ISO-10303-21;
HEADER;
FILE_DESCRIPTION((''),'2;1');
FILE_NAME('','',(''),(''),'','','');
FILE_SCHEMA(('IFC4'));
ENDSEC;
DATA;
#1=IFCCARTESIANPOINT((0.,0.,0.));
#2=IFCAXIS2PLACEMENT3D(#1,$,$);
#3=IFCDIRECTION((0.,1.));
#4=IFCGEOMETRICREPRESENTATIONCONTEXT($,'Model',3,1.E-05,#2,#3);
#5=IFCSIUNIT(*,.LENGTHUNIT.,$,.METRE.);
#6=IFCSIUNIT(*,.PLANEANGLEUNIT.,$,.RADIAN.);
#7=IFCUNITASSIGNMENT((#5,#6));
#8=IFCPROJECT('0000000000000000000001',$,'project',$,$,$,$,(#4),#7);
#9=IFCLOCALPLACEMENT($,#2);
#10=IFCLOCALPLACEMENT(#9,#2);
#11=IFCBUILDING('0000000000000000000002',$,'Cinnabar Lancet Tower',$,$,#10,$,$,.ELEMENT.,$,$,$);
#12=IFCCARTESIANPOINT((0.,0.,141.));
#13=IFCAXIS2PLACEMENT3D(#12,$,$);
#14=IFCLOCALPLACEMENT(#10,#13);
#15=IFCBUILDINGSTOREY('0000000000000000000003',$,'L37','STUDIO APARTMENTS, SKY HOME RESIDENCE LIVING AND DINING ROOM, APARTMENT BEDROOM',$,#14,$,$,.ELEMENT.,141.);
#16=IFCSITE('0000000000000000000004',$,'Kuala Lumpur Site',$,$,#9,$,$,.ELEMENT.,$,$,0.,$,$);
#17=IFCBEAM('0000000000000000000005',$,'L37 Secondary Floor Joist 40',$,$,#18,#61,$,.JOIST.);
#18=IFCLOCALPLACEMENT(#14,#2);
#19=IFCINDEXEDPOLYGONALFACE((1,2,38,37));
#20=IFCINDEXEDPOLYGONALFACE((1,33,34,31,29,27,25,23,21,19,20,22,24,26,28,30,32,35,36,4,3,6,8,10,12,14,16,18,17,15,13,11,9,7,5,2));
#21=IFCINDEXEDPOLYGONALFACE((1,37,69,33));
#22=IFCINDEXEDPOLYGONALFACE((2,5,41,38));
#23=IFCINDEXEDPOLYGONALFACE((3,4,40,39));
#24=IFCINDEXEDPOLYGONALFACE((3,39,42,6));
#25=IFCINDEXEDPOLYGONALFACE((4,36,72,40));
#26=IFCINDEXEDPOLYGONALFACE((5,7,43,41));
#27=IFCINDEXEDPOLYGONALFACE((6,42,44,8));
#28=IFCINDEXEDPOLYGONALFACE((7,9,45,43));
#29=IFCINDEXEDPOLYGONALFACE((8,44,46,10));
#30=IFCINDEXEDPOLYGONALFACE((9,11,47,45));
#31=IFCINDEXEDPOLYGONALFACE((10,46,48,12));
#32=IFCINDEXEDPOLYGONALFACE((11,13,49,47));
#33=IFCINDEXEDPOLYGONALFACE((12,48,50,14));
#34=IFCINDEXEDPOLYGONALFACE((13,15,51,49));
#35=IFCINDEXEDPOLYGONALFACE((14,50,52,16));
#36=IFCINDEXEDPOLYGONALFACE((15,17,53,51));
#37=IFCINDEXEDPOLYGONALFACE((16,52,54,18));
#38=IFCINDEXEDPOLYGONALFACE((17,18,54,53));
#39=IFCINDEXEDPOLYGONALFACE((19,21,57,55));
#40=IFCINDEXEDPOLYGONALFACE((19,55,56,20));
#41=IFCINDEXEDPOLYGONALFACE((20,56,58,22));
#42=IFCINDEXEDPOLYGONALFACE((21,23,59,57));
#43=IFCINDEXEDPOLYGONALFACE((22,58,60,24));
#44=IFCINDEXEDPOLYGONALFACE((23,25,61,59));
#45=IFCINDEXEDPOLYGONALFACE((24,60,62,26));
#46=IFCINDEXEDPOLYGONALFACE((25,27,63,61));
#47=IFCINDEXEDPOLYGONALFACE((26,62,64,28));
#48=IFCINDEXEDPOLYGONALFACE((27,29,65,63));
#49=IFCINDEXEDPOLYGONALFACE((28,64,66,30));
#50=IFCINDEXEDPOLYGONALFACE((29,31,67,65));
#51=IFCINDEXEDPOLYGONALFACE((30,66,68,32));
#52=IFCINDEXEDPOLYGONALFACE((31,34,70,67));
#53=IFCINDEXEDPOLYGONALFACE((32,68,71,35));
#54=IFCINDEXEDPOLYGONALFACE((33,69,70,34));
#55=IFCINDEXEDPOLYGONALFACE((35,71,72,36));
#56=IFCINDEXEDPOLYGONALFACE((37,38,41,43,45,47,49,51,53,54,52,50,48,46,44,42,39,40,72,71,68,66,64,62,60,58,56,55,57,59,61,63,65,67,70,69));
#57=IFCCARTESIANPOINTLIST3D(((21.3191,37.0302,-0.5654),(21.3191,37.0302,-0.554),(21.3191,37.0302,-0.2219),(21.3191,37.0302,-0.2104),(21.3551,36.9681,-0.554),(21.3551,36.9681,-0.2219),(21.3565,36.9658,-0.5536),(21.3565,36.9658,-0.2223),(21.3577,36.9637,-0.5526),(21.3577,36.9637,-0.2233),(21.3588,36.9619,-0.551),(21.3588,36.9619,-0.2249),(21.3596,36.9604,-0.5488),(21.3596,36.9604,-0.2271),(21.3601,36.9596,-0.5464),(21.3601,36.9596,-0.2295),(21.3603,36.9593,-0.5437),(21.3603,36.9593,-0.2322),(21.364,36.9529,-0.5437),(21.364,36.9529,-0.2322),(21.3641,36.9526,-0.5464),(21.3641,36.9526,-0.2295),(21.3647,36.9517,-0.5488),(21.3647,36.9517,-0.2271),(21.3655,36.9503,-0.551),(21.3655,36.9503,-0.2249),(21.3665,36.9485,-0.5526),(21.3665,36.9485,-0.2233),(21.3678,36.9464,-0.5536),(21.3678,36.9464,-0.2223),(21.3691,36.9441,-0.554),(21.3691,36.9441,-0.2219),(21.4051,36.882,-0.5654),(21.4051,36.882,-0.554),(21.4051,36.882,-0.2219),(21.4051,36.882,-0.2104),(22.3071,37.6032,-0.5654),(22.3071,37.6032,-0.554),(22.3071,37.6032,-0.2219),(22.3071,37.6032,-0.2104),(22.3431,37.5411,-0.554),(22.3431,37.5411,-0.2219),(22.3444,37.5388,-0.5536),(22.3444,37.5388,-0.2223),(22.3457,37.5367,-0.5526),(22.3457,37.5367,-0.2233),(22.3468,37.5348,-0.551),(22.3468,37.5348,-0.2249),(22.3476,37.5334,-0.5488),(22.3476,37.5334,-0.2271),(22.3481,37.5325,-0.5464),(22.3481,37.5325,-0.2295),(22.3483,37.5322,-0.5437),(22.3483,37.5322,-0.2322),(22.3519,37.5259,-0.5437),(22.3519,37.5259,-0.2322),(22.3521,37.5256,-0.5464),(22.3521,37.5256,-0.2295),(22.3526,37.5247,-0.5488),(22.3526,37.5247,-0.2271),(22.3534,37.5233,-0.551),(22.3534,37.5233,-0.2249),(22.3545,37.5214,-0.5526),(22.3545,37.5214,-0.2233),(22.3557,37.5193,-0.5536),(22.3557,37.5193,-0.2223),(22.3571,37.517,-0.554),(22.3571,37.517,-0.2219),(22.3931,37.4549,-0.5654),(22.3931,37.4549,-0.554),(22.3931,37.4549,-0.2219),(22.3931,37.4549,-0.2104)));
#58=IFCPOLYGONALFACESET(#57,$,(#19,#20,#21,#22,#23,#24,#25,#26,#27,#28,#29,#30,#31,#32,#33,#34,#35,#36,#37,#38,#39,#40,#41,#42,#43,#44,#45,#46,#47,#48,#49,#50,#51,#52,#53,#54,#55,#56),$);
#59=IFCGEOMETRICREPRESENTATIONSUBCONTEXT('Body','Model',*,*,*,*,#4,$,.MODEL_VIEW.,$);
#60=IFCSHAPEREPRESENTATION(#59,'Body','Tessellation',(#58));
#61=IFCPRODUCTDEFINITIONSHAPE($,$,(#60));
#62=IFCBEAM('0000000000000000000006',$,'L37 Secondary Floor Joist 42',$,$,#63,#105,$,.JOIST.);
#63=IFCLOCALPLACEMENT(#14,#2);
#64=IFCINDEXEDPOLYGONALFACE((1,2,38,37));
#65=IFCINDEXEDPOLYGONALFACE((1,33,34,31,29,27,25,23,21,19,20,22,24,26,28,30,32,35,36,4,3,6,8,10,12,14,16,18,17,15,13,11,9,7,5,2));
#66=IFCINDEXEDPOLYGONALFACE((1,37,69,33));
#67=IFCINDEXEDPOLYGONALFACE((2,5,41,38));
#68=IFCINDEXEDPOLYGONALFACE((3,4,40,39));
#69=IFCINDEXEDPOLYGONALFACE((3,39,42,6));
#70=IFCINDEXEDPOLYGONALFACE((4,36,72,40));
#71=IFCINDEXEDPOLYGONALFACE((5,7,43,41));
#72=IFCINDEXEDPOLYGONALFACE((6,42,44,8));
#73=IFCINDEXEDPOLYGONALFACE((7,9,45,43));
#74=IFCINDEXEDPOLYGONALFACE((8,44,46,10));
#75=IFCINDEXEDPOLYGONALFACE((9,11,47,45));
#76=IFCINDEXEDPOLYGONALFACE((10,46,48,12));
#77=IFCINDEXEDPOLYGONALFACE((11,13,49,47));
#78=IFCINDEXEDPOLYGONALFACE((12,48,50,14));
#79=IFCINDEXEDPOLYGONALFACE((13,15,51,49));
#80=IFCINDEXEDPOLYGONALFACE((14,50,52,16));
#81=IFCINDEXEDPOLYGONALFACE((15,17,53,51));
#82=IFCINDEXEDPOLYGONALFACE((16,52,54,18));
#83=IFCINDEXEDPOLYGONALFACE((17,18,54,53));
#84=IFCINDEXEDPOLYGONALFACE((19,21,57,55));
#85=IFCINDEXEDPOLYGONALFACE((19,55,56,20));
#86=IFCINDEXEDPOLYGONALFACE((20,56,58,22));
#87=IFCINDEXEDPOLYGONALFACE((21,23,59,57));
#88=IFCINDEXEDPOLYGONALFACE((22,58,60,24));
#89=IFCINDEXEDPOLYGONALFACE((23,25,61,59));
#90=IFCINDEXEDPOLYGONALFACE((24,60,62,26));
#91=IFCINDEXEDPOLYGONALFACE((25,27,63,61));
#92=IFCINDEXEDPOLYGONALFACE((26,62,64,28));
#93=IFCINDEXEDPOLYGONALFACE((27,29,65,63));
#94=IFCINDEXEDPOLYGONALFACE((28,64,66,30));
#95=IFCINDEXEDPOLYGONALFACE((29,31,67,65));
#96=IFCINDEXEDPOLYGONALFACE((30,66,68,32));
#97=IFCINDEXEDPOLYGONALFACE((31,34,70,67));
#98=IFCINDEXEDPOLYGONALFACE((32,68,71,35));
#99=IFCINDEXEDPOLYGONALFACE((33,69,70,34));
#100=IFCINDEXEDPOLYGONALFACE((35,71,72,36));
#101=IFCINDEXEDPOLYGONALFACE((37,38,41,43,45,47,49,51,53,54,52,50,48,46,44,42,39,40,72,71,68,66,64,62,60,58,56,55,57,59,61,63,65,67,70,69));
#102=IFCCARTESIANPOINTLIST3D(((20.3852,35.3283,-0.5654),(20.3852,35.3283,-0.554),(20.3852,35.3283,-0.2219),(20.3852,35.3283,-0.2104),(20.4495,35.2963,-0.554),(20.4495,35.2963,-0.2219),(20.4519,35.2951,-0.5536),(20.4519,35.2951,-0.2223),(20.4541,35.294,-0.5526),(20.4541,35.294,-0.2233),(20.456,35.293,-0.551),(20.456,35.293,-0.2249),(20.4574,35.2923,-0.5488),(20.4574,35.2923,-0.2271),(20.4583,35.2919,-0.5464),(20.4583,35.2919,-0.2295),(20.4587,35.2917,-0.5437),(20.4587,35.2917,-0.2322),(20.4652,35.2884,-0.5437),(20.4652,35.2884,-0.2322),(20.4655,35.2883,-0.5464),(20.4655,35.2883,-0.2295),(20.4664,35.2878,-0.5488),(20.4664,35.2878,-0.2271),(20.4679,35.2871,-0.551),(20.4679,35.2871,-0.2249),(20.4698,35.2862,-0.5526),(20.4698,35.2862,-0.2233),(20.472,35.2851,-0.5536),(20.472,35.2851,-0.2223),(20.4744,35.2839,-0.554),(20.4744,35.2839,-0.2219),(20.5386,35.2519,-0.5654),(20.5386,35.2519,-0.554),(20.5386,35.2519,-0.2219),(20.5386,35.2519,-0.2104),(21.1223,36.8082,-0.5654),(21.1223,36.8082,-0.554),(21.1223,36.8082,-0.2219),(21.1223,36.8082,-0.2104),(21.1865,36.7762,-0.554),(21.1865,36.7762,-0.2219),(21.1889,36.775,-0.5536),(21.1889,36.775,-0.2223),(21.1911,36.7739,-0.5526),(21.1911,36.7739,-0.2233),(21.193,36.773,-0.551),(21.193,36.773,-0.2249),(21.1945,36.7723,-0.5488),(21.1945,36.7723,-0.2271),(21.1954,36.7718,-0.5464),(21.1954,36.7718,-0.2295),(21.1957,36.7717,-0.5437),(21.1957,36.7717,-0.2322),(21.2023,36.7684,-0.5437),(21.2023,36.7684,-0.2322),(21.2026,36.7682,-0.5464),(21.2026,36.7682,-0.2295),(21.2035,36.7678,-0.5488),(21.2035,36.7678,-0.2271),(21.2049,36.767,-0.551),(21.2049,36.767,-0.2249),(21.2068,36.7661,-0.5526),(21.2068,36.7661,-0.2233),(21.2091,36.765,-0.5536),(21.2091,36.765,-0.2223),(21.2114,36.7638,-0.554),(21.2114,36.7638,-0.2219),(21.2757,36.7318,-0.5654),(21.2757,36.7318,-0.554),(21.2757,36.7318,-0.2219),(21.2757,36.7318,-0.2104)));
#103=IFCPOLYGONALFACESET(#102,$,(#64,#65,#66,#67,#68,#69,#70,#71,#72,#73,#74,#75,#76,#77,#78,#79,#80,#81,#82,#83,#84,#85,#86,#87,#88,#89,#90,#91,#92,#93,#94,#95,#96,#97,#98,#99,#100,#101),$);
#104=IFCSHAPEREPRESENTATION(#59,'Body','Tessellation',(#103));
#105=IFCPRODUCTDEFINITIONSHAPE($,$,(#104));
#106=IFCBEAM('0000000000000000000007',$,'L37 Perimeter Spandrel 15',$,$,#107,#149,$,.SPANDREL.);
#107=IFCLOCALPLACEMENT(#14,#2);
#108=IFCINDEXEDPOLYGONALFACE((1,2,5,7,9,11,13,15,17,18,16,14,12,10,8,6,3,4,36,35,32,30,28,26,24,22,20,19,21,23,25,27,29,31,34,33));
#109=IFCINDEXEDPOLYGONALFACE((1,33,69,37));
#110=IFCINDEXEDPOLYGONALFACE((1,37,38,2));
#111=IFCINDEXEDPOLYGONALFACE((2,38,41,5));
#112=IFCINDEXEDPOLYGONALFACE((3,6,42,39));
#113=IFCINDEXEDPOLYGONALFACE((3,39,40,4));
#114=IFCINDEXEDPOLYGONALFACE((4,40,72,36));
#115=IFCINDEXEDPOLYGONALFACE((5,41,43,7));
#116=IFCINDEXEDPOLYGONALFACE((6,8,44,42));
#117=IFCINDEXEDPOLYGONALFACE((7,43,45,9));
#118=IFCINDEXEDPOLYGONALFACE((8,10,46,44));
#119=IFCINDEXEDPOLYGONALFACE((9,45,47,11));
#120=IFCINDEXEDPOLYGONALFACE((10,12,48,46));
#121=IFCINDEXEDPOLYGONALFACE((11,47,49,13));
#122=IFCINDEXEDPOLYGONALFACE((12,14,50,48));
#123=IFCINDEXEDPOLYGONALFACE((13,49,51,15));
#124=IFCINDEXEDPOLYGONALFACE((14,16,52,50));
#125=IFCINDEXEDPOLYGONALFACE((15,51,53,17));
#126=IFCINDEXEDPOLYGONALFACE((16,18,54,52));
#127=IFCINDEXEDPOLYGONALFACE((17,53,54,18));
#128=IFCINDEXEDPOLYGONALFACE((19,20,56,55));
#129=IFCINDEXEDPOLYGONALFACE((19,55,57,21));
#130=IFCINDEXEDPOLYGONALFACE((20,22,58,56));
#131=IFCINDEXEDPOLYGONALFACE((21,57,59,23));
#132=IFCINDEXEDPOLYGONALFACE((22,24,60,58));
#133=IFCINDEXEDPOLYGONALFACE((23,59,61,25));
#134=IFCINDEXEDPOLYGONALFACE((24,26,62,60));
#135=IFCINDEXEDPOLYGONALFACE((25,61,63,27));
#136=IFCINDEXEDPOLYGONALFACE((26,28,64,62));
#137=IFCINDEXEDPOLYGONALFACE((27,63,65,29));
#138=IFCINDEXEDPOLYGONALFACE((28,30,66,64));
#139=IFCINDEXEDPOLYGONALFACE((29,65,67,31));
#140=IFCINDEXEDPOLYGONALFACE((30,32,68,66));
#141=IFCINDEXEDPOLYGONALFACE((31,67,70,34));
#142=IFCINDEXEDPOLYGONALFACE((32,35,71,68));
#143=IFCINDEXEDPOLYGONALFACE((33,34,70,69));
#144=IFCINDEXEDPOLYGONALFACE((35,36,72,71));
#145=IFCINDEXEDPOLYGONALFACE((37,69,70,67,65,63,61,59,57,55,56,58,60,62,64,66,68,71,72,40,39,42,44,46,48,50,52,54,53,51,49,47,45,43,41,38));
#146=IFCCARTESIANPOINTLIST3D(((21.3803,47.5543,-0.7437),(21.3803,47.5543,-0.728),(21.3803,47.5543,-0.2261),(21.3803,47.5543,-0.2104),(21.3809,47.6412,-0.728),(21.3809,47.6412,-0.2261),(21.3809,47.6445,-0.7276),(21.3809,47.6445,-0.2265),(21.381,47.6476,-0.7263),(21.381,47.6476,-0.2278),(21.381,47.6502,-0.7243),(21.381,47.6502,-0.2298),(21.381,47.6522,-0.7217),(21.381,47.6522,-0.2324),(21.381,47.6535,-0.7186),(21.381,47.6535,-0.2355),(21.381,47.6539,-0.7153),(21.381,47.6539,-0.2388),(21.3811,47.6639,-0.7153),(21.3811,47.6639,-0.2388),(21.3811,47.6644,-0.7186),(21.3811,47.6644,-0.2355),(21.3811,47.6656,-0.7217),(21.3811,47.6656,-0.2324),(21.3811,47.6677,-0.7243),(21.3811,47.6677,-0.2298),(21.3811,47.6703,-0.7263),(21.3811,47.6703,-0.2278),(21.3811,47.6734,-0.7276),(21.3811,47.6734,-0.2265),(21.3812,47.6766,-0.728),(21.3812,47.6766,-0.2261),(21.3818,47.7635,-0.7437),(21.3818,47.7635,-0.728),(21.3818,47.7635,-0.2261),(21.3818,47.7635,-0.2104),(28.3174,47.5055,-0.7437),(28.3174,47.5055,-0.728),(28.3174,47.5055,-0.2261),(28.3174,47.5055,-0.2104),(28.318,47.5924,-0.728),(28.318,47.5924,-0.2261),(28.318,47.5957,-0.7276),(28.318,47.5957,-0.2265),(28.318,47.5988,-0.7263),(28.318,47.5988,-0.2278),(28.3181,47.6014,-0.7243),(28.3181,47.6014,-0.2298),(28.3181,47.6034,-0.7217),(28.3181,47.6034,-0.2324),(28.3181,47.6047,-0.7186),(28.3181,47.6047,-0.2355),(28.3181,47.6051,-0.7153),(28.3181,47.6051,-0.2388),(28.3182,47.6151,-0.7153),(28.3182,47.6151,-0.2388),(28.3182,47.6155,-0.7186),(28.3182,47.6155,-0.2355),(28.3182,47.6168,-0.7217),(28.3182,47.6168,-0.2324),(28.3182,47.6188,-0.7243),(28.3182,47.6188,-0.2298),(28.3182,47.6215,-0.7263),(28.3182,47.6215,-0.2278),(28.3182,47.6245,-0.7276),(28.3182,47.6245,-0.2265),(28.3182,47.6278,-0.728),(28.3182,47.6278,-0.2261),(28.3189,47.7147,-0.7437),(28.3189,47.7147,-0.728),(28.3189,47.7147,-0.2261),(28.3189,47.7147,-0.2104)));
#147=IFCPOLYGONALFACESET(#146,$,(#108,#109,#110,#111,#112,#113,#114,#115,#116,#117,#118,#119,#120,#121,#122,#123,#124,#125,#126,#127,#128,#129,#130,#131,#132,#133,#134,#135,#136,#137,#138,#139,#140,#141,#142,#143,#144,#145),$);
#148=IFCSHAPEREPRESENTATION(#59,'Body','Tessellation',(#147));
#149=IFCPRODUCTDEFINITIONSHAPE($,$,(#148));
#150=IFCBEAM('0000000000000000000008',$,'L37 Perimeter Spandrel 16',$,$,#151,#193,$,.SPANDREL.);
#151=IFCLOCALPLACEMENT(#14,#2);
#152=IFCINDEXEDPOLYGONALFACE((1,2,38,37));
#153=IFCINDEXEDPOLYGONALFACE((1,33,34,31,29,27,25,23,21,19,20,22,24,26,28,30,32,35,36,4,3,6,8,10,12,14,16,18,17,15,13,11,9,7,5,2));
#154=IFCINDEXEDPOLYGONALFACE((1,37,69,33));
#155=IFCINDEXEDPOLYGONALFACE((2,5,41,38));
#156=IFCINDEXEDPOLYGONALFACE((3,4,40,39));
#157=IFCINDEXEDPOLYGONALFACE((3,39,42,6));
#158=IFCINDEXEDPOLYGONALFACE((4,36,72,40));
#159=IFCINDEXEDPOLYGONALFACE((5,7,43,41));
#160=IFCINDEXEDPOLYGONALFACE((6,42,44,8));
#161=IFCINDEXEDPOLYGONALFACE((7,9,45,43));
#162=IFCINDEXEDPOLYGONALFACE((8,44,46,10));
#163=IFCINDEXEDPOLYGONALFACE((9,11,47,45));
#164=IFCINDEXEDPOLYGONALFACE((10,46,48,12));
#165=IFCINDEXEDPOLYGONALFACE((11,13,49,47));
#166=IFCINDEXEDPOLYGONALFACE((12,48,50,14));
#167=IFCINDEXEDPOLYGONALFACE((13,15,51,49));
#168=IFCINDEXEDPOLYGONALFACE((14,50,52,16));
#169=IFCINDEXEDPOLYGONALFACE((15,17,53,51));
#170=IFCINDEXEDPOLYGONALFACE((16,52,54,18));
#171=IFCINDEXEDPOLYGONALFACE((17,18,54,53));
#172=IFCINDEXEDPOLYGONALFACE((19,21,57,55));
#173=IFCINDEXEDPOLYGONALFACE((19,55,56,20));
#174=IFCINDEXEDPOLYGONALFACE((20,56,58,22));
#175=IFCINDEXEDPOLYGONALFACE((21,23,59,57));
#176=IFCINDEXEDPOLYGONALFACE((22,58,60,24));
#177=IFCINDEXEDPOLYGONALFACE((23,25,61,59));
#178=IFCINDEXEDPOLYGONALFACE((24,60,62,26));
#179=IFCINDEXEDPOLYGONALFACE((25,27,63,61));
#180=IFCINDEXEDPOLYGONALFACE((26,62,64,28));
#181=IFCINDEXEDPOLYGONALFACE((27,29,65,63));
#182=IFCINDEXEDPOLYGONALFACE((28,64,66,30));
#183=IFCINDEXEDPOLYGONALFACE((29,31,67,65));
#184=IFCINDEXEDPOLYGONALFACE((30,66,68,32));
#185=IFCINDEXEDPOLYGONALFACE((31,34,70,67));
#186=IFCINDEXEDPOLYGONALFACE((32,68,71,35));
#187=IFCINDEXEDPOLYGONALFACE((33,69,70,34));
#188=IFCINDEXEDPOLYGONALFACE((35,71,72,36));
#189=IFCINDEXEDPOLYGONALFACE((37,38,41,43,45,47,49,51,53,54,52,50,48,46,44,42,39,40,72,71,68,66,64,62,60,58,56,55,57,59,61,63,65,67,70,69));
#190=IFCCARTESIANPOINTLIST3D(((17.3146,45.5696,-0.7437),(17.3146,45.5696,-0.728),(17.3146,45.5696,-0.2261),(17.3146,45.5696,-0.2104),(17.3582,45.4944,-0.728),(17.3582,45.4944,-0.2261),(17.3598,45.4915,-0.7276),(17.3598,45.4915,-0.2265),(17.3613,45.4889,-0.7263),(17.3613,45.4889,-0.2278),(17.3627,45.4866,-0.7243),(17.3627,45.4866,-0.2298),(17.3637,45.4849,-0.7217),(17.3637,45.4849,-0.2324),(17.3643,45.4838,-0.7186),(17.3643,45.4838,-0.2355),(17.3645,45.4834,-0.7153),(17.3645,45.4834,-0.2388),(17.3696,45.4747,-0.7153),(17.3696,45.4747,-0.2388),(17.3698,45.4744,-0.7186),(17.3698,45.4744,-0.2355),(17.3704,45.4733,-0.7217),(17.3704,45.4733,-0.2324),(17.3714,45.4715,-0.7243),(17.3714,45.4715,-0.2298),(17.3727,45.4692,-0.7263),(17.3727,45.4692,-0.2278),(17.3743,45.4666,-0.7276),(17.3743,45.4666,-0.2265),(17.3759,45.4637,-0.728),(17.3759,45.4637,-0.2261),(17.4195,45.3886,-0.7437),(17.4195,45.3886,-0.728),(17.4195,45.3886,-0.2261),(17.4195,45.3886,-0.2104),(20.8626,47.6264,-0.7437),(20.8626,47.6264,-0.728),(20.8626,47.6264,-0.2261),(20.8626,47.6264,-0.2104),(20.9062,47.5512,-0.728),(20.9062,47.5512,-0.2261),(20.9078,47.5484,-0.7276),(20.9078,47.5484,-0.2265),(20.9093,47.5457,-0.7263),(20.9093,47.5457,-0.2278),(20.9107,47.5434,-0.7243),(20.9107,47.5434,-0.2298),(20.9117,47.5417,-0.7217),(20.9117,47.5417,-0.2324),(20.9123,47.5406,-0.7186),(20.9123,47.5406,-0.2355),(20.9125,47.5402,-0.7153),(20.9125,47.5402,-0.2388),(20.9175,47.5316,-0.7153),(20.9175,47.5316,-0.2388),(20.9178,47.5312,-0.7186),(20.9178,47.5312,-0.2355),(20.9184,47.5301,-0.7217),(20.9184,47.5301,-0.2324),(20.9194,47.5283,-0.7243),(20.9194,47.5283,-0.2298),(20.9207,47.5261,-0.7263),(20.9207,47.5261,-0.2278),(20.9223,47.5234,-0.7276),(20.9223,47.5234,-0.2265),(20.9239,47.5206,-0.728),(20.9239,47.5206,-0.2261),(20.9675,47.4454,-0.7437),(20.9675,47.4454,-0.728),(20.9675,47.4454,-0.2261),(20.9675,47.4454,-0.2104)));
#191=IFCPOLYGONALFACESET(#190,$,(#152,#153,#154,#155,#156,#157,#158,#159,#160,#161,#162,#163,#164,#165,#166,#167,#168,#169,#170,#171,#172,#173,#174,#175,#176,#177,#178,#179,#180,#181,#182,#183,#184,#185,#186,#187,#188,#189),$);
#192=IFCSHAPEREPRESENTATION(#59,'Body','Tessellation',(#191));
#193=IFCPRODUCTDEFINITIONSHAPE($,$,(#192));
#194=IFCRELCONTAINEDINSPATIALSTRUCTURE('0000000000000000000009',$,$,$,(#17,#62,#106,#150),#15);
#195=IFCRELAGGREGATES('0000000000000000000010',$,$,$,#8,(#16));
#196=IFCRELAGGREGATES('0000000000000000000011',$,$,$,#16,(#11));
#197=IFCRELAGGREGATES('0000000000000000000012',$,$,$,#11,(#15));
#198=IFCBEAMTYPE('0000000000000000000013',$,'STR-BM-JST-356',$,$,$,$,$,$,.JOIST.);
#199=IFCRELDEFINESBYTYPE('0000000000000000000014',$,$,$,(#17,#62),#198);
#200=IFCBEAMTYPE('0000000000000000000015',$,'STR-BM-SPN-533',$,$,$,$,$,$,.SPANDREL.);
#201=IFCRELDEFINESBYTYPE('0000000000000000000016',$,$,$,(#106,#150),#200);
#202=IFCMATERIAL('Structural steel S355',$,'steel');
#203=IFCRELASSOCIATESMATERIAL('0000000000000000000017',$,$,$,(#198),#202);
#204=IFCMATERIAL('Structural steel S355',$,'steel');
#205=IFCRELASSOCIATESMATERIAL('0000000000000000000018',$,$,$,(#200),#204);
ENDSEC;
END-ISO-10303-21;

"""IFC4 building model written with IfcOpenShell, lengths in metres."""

from ifc_helpers import new_model, si_unit, direction, frame, origin, origin_2d, place, context, subcontext, project, spatial, i_section, extrude, material, material_profile, profile_set, type_object, element, save


model = new_model("IFC4")

# Units and contexts
model_context = context("Model", 3, precision=1e-05, world=origin(), true_north=direction((0.0, 1.0)))
body_context = subcontext(model_context, "Body", "Model", "MODEL_VIEW")
ifc_project = project(units=[si_unit("LENGTHUNIT", "METRE"), si_unit("PLANEANGLEUNIT", "RADIAN")], contexts=[model_context])

# Site, building, storey
site_placement = place(None, origin())
site = spatial("IfcSite", under=ifc_project, at=site_placement, Name="Kuala Lumpur Site", CompositionType="ELEMENT", RefElevation=0.0)
building_placement = place(site_placement, origin())
building = spatial("IfcBuilding", under=site, at=building_placement, Name="Cinnabar Lancet Tower", CompositionType="ELEMENT")
storey_placement = place(building_placement, frame((0.0, 0.0, 141.0)))
storey = spatial("IfcBuildingStorey", under=building, at=storey_placement, Name="L37", Description="STUDIO APARTMENTS, SKY HOME RESIDENCE LIVING AND DINING ROOM, APARTMENT BEDROOM", CompositionType="ELEMENT", Elevation=141.0)

# Beams
ifc_material_1 = material(Name="Structural steel S355", Category="steel")
ifc_material_profile_1 = material_profile(ifc_material_1, i_section(OverallWidth=0.1714, OverallDepth=0.355, WebThickness=0.0073, FlangeThickness=0.0115, FilletRadius=0.0103, at=origin_2d()), Name="UKB 356x171x51")
ifc_profile_set_1 = profile_set([ifc_material_profile_1], Name="Structural steel S355")
beam_type_1 = type_object("IfcBeamType", Name="STR-BM-JST-356", PredefinedType="JOIST", material=ifc_profile_set_1)
beam_1_placement = place(storey_placement, frame((22.3501, 37.5291, -0.3879), z_axis=(-0.865055, -0.501677, 0.0), x_axis=(0.501677, -0.865055, 0.0)))
element("IfcBeam", 1, at=beam_1_placement, inside=storey, type_object=beam_type_1, Name="L37 Secondary Floor Joist 40", PredefinedType="JOIST", context=body_context, shape_type="SweptSolid", body=[
    extrude(i_section(OverallWidth=0.1714, OverallDepth=0.355, WebThickness=0.0073, FlangeThickness=0.0115, FilletRadius=0.0103, at=origin_2d()), origin(), (0.0, 0.0, 1.0), 1.1421),
])
beam_2_placement = place(storey_placement, frame((21.199, 36.77, -0.3879), z_axis=(-0.445795, -0.895135, 0.0), x_axis=(0.895135, -0.445795, 0.0)))
element("IfcBeam", 2, at=beam_2_placement, inside=storey, type_object=beam_type_1, Name="L37 Secondary Floor Joist 42", PredefinedType="JOIST", context=body_context, shape_type="SweptSolid", body=[
    extrude(i_section(OverallWidth=0.1714, OverallDepth=0.355, WebThickness=0.0073, FlangeThickness=0.0115, FilletRadius=0.0103, at=origin_2d()), origin(), (0.0, 0.0, 1.0), 1.6533),
])
ifc_material_2 = material(Name="Structural steel S355", Category="steel")
ifc_material_profile_2 = material_profile(ifc_material_2, i_section(OverallWidth=0.2092, OverallDepth=0.5332, WebThickness=0.01, FlangeThickness=0.0156, FilletRadius=0.0127, at=origin_2d()), Name="UKB 533x210x92")
ifc_profile_set_2 = profile_set([ifc_material_profile_2], Name="Structural steel S355")
beam_type_2 = type_object("IfcBeamType", Name="STR-BM-SPN-533", PredefinedType="SPANDREL", material=ifc_profile_set_2)
beam_3_placement = place(storey_placement, frame((28.3181, 47.6101, -0.4771), z_axis=(-0.999975, 0.007039, 0.0), x_axis=(-0.007039, -0.999975, 0.0)))
element("IfcBeam", 3, at=beam_3_placement, inside=storey, type_object=beam_type_2, Name="L37 Perimeter Spandrel 15", PredefinedType="SPANDREL", context=body_context, shape_type="SweptSolid", body=[
    extrude(i_section(OverallWidth=0.2092, OverallDepth=0.5332, WebThickness=0.01, FlangeThickness=0.0156, FilletRadius=0.0127, at=origin_2d()), origin(), (0.0, 0.0, 1.0), 6.9373),
])
beam_4_placement = place(storey_placement, frame((20.915, 47.5359, -0.4771), z_axis=(-0.865138, -0.501534, 0.0), x_axis=(0.501534, -0.865138, 0.0)))
element("IfcBeam", 4, at=beam_4_placement, inside=storey, type_object=beam_type_2, Name="L37 Perimeter Spandrel 16", PredefinedType="SPANDREL", context=body_context, shape_type="SweptSolid", body=[
    extrude(i_section(OverallWidth=0.2092, OverallDepth=0.5332, WebThickness=0.01, FlangeThickness=0.0156, FilletRadius=0.0127, at=origin_2d()), origin(), (0.0, 0.0, 1.0), 4.1011),
])

save(model, "model.ifc")
